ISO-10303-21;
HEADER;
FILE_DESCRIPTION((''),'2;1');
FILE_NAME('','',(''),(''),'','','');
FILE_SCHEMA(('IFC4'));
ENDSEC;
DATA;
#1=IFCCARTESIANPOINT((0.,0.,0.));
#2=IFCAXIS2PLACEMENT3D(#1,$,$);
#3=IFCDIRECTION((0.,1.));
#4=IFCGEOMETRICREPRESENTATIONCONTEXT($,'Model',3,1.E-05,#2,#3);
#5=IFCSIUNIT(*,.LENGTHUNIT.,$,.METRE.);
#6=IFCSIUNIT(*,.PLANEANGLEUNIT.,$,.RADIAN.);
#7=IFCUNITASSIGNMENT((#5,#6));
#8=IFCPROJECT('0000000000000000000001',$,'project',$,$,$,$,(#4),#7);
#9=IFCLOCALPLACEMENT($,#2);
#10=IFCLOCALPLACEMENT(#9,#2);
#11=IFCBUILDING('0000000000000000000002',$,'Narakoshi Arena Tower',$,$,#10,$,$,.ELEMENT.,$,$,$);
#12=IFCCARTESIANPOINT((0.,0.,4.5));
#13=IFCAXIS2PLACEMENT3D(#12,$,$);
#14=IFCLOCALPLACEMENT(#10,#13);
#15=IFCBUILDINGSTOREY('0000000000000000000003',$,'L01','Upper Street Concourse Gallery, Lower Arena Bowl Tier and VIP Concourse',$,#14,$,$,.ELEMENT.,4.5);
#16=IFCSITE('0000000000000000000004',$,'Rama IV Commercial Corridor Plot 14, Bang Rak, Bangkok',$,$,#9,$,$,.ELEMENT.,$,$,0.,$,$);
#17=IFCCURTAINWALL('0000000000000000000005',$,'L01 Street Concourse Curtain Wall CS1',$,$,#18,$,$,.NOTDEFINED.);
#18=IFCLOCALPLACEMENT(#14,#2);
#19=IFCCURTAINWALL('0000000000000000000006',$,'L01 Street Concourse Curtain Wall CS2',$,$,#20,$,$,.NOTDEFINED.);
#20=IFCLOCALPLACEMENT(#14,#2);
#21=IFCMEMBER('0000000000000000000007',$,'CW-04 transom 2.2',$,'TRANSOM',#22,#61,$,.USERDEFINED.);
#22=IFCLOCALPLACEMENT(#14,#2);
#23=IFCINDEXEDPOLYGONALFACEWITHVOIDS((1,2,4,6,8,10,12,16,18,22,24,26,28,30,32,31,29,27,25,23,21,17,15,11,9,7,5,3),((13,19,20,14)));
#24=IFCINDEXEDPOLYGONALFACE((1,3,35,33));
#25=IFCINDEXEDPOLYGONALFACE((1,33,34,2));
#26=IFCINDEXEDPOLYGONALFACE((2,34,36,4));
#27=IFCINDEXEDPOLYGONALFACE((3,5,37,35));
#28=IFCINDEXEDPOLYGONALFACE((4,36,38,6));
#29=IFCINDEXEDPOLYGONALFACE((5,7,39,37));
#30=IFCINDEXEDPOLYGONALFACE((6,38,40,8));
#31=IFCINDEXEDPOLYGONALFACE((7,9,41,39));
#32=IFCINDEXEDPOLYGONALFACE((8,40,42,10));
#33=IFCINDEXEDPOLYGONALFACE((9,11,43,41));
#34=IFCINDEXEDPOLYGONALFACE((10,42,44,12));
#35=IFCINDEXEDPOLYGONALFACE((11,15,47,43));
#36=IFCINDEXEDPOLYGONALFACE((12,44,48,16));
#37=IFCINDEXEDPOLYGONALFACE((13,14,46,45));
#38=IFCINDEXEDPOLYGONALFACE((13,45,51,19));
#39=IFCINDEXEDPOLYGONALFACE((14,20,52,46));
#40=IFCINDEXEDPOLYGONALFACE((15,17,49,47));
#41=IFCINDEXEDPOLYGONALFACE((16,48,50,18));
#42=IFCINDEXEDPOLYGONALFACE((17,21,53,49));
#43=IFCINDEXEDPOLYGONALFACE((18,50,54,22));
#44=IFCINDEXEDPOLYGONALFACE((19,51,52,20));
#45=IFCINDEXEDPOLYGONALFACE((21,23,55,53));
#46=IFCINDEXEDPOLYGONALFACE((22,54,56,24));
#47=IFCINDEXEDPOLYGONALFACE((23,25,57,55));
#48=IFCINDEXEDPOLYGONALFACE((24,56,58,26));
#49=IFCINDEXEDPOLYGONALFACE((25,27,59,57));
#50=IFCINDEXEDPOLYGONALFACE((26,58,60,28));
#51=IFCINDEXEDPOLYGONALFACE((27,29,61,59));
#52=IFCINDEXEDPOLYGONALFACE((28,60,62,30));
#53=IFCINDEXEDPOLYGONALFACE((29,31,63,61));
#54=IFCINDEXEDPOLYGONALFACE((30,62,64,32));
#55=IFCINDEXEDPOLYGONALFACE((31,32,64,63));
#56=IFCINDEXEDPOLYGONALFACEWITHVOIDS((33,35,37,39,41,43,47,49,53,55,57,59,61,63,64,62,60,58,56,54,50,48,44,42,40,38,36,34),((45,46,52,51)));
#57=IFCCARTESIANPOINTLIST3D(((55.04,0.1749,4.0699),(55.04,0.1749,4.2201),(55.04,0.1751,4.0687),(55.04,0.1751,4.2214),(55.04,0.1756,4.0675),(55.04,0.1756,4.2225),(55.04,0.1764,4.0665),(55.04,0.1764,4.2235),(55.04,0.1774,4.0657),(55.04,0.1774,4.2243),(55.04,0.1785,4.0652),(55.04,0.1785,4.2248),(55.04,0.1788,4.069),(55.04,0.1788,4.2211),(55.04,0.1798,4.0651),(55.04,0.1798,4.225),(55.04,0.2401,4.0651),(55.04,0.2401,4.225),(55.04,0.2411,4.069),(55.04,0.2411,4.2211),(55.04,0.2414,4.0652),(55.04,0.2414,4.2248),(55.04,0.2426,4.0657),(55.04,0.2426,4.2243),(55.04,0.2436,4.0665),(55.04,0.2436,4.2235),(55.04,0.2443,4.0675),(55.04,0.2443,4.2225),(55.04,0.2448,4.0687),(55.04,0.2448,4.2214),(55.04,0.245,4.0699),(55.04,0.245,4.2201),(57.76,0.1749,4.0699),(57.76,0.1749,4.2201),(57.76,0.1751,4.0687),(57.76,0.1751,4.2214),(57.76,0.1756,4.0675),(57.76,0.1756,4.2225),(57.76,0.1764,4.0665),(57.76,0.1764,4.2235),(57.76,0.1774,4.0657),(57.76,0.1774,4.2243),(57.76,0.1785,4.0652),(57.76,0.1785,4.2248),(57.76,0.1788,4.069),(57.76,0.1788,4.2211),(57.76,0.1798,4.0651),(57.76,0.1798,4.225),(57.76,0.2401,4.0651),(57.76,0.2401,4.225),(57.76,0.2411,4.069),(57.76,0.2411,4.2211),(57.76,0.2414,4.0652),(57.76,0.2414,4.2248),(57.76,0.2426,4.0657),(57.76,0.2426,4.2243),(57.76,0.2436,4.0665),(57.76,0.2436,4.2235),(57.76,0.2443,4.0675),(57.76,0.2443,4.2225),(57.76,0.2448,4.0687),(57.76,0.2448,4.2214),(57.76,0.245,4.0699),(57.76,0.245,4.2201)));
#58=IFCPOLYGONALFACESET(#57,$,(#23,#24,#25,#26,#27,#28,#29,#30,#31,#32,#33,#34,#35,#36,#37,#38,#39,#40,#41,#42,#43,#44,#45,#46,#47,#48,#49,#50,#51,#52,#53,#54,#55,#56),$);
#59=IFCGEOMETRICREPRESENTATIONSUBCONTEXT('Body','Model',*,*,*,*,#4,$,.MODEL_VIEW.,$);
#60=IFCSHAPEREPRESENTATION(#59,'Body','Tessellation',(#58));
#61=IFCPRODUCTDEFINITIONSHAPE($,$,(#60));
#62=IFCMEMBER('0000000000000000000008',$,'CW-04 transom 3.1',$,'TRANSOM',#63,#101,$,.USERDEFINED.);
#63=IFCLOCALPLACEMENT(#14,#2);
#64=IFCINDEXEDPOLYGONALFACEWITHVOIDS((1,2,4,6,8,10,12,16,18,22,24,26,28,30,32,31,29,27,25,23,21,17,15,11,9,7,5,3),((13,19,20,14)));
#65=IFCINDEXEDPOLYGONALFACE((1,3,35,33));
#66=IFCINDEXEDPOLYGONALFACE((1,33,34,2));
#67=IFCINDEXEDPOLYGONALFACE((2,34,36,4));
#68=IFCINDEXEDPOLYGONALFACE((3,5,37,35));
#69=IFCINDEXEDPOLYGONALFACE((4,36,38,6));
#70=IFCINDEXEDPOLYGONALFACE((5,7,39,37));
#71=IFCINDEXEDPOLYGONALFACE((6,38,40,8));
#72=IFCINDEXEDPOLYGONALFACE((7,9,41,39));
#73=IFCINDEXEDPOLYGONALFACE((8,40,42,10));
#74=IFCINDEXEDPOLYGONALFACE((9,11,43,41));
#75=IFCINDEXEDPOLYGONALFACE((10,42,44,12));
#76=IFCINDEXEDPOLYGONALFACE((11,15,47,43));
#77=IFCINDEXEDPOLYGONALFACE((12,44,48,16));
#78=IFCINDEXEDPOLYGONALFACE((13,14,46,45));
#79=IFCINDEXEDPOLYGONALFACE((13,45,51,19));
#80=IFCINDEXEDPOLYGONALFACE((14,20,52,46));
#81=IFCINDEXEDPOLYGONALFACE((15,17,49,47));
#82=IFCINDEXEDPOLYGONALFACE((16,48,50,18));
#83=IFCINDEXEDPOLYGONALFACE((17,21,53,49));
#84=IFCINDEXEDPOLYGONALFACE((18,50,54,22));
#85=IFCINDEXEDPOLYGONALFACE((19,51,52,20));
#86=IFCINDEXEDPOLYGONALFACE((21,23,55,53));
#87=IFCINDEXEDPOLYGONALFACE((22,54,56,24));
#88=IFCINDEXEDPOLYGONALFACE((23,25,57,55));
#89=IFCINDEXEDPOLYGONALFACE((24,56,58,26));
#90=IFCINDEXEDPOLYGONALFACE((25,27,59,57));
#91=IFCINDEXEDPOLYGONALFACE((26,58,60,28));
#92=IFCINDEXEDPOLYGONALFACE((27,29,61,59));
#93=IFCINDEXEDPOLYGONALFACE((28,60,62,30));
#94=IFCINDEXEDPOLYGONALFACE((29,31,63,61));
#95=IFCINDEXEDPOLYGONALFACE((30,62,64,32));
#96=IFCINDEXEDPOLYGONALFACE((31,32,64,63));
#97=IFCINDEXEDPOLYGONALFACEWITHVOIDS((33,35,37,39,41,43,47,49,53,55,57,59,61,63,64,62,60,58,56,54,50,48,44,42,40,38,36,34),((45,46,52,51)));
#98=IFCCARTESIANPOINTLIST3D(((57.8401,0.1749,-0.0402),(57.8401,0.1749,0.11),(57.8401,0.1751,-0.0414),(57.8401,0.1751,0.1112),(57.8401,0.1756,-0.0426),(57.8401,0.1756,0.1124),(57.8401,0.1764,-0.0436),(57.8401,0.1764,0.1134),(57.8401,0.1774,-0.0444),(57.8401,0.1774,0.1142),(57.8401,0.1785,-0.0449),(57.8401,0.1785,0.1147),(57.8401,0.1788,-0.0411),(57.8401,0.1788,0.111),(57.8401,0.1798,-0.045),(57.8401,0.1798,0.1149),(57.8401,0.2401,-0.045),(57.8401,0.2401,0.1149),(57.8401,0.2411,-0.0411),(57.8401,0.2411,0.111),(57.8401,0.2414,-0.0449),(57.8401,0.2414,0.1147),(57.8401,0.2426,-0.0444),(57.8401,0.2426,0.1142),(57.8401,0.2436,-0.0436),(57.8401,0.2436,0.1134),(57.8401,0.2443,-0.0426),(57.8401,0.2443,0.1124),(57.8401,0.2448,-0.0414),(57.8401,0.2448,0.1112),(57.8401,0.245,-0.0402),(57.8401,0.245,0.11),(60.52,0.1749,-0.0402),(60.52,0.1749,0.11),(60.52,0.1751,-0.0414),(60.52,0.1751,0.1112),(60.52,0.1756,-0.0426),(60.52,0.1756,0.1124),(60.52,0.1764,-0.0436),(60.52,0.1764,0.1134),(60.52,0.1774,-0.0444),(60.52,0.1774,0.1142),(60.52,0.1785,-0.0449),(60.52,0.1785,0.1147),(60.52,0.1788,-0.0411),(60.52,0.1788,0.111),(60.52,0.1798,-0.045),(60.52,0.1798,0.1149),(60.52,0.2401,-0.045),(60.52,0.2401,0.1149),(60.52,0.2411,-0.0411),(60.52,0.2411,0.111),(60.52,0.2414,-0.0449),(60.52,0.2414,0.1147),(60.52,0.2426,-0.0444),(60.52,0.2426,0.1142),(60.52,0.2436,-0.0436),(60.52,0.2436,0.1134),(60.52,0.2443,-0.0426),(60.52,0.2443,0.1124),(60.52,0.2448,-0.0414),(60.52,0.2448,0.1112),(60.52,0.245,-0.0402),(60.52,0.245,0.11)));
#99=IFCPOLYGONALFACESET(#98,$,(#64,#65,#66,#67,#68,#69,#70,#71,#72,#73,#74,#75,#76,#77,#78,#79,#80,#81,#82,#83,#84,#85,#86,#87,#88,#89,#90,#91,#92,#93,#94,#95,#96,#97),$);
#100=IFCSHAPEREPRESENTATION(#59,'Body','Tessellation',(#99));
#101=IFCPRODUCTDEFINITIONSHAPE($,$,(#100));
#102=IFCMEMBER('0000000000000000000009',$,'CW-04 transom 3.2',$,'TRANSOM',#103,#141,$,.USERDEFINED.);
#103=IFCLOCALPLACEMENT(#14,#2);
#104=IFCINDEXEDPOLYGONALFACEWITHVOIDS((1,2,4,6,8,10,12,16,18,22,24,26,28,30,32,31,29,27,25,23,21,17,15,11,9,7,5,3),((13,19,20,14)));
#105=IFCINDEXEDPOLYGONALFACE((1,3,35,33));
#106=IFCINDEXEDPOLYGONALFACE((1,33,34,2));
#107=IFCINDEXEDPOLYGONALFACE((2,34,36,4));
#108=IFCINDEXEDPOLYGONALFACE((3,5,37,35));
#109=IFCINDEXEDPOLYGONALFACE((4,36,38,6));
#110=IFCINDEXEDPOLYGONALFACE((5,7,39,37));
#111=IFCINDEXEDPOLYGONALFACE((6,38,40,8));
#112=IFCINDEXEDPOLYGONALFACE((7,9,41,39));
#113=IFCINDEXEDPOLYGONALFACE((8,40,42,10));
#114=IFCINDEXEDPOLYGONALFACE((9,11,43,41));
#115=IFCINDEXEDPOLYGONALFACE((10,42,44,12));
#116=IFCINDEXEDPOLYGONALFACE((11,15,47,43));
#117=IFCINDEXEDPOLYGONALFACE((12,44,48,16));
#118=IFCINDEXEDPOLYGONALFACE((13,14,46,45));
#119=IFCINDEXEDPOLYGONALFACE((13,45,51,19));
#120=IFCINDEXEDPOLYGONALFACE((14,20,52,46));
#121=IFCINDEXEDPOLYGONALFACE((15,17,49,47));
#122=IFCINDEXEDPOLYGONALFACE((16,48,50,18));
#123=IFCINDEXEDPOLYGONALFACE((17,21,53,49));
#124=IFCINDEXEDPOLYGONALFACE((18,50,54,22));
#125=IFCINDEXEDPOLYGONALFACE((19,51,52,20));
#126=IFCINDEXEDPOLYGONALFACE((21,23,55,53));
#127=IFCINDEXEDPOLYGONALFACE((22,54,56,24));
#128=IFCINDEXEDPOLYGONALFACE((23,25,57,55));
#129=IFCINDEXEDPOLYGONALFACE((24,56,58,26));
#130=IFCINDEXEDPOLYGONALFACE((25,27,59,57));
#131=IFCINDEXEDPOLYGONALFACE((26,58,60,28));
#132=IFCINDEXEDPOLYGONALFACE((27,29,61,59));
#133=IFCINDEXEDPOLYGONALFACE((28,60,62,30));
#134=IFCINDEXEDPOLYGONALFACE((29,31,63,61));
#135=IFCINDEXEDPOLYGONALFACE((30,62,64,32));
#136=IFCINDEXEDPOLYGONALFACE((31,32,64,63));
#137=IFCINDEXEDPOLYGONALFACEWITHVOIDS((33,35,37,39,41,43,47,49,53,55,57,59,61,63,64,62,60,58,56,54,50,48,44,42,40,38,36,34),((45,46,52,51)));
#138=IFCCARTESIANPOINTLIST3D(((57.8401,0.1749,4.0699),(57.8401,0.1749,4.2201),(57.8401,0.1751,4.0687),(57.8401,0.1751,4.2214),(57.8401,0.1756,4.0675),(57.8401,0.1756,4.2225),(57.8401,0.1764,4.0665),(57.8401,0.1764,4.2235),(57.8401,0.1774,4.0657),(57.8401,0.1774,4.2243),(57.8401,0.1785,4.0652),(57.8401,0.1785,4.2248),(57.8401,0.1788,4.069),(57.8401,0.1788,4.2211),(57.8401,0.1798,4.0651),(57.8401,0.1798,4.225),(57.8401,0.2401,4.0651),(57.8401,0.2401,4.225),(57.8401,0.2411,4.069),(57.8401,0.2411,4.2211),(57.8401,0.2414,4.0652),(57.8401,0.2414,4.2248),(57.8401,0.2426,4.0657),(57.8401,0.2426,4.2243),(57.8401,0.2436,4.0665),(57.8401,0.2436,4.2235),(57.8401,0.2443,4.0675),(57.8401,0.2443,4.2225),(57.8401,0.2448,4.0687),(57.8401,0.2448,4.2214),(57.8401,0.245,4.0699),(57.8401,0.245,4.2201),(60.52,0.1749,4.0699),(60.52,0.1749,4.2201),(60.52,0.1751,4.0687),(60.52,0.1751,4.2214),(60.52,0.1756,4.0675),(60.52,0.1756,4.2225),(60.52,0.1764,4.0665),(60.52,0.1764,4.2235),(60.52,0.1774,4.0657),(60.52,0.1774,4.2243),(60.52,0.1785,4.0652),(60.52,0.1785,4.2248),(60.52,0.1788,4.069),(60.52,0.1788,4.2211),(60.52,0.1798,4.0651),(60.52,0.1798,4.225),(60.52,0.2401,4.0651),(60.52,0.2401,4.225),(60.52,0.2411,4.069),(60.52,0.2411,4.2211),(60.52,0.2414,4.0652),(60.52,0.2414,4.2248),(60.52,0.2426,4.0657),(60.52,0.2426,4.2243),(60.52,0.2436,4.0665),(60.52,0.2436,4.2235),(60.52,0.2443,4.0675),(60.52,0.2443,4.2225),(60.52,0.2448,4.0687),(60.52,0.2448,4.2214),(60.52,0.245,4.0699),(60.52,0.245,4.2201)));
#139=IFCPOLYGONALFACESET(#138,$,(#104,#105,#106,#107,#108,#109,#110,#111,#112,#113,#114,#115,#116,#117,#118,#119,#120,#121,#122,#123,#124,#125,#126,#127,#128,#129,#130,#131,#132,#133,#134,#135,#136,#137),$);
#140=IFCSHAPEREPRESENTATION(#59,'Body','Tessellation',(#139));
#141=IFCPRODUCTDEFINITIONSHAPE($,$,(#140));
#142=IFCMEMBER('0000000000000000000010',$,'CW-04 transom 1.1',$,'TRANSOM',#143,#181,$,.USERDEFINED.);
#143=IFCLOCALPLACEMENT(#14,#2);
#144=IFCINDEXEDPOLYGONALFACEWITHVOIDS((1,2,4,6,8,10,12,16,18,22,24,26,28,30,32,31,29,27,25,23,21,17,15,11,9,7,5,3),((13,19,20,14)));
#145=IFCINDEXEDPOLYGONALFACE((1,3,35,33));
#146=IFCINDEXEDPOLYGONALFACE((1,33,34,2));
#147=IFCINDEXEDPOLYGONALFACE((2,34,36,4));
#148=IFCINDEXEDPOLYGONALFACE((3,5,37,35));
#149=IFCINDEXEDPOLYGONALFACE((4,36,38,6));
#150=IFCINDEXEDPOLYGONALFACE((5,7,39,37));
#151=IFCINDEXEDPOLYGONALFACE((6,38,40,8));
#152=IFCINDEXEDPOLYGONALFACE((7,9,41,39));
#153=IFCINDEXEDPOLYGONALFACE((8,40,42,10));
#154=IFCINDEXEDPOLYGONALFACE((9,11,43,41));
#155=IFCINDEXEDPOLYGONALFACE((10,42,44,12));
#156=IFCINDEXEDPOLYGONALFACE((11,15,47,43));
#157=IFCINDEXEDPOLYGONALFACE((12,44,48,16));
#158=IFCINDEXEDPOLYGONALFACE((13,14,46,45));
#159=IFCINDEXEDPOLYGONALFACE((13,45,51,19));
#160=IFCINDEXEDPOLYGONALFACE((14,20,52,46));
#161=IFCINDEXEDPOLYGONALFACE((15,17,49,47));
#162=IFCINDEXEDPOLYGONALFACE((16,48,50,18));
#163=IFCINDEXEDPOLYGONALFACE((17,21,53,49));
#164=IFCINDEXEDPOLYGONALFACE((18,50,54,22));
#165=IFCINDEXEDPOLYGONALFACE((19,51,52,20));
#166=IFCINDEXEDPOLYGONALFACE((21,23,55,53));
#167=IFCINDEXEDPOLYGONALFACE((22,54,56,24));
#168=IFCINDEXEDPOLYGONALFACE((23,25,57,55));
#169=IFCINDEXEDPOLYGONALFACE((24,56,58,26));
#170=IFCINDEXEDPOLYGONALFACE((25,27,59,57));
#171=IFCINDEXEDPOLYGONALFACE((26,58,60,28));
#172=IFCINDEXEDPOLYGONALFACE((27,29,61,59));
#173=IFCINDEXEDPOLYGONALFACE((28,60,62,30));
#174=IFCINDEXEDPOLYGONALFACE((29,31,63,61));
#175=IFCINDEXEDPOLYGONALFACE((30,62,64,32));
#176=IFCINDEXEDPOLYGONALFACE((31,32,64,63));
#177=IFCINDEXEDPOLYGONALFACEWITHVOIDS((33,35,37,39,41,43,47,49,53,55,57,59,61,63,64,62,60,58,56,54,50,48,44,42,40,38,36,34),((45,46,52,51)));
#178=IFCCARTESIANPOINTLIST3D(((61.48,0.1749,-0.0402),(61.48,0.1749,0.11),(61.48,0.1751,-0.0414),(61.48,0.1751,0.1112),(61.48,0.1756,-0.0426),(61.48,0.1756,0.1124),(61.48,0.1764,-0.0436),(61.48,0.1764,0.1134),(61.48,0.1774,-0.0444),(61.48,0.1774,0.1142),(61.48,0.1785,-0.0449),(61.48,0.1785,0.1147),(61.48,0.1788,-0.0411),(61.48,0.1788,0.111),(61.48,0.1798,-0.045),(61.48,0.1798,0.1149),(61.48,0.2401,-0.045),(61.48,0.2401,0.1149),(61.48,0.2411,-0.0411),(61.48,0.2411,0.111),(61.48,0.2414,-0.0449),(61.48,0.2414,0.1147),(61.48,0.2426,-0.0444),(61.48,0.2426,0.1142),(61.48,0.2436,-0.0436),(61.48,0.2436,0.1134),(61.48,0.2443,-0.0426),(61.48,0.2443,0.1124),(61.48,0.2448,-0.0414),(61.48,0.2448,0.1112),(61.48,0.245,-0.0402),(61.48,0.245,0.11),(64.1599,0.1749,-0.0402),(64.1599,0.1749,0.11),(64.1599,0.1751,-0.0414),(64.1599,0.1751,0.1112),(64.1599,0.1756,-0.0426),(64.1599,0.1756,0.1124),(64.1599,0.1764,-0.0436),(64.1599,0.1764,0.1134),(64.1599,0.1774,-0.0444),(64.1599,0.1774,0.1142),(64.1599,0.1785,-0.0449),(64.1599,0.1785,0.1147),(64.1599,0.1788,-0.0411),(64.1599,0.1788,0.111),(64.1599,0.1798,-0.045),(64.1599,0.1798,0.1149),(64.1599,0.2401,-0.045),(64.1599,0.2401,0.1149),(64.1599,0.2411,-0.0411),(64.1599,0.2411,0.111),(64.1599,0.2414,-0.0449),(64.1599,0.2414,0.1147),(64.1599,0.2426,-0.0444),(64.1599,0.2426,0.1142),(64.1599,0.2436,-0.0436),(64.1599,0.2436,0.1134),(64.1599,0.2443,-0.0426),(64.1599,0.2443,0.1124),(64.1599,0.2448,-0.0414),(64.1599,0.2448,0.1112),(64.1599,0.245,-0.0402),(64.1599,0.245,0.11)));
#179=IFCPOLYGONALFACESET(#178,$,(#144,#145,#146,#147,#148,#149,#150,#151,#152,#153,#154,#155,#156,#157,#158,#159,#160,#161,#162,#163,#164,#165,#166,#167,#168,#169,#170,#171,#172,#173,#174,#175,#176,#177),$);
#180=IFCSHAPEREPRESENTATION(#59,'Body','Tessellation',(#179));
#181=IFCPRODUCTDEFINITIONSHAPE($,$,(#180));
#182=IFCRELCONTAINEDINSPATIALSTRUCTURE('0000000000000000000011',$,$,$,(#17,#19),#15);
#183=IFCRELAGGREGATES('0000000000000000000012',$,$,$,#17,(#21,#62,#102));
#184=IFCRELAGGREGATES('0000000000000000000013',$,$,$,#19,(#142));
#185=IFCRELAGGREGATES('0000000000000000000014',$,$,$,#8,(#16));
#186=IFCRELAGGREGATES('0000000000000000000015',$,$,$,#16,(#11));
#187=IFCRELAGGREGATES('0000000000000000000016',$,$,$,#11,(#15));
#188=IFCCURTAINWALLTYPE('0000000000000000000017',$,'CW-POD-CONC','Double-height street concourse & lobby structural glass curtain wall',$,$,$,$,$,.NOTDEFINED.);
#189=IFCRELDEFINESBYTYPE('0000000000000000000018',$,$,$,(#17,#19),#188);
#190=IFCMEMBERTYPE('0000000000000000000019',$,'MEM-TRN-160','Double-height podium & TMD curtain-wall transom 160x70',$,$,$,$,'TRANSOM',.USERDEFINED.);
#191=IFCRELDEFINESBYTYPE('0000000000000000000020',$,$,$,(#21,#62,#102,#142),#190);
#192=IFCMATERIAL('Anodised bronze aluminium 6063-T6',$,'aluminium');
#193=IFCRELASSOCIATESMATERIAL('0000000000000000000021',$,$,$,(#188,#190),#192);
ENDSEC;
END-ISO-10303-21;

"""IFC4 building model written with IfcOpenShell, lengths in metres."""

from ifc_helpers import new_model, si_unit, direction, frame, origin, origin_2d, place, context, subcontext, project, spatial, hollow_rectangle, extrude, material, material_profile, profile_set, type_object, element, aggregate, save


model = new_model("IFC4")

# Units and contexts
model_context = context("Model", 3, precision=1e-05, world=origin(), true_north=direction((0.0, 1.0)))
body_context = subcontext(model_context, "Body", "Model", "MODEL_VIEW")
ifc_project = project(units=[si_unit("LENGTHUNIT", "METRE"), si_unit("PLANEANGLEUNIT", "RADIAN")], contexts=[model_context])

# Site, building, storey
site_placement = place(None, origin())
site = spatial("IfcSite", under=ifc_project, at=site_placement, Name="Rama IV Commercial Corridor Plot 14, Bang Rak, Bangkok", CompositionType="ELEMENT", RefElevation=0.0)
building_placement = place(site_placement, origin())
building = spatial("IfcBuilding", under=site, at=building_placement, Name="Narakoshi Arena Tower", CompositionType="ELEMENT")
storey_placement = place(building_placement, frame((0.0, 0.0, 4.5)))
storey = spatial("IfcBuildingStorey", under=building, at=storey_placement, Name="L01", Description="Upper Street Concourse Gallery, Lower Arena Bowl Tier and VIP Concourse", CompositionType="ELEMENT", Elevation=4.5)

# Curtain wall
ifc_material_1 = material(Name="Anodised bronze aluminium 6063-T6", Category="aluminium")
curtain_wall_type = type_object("IfcCurtainWallType", Name="CW-POD-CONC", Description="Double-height street concourse & lobby structural glass curtain wall", PredefinedType="NOTDEFINED", material=ifc_material_1)
curtain_wall_1_placement = place(storey_placement, origin())
curtain_wall_1 = element("IfcCurtainWall", 1, at=curtain_wall_1_placement, inside=storey, type_object=curtain_wall_type, Name="L01 Street Concourse Curtain Wall CS1", PredefinedType="NOTDEFINED")

# Curtain wall
curtain_wall_2_placement = place(storey_placement, origin())
curtain_wall_2 = element("IfcCurtainWall", 2, at=curtain_wall_2_placement, inside=storey, type_object=curtain_wall_type, Name="L01 Street Concourse Curtain Wall CS2", PredefinedType="NOTDEFINED")

# Members
ifc_material_profile_1 = material_profile(ifc_material_1, hollow_rectangle(XDim=0.0701, YDim=0.1599, WallThickness=0.0039, OuterFilletRadius=0.0049, at=origin_2d()), Name="TRN160x70x4")
ifc_profile_set_1 = profile_set([ifc_material_profile_1], Name="Anodised bronze aluminium 6063-T6")
member_type_1 = type_object("IfcMemberType", Name="MEM-TRN-160", Description="Double-height podium & TMD curtain-wall transom 160x70", ElementType="TRANSOM", PredefinedType="USERDEFINED", material=ifc_profile_set_1)
member_1_placement = place(storey_placement, frame((55.04, 0.21, 4.145), z_axis=(1.0, 0.0, 0.0), x_axis=(0.0, 1.0, 0.0)))
member_1 = element("IfcMember", 3, at=member_1_placement, type_object=member_type_1, Name="CW-04 transom 2.2", ObjectType="TRANSOM", PredefinedType="USERDEFINED", context=body_context, shape_type="SweptSolid", body=[
    extrude(hollow_rectangle(XDim=0.0701, YDim=0.1599, WallThickness=0.0039, OuterFilletRadius=0.0049, at=origin_2d()), origin(), (0.0, 0.0, 1.0), 2.72),
])
member_2_placement = place(storey_placement, frame((57.8401, 0.21, 0.0349), z_axis=(1.0, 0.0, 0.0), x_axis=(0.0, 1.0, 0.0)))
member_2 = element("IfcMember", 4, at=member_2_placement, type_object=member_type_1, Name="CW-04 transom 3.1", ObjectType="TRANSOM", PredefinedType="USERDEFINED", context=body_context, shape_type="SweptSolid", body=[
    extrude(hollow_rectangle(XDim=0.0701, YDim=0.1599, WallThickness=0.0039, OuterFilletRadius=0.0049, at=origin_2d()), origin(), (0.0, 0.0, 1.0), 2.6799),
])
member_3_placement = place(storey_placement, frame((57.8401, 0.21, 4.145), z_axis=(1.0, 0.0, 0.0), x_axis=(0.0, 1.0, 0.0)))
member_3 = element("IfcMember", 5, at=member_3_placement, type_object=member_type_1, Name="CW-04 transom 3.2", ObjectType="TRANSOM", PredefinedType="USERDEFINED", context=body_context, shape_type="SweptSolid", body=[
    extrude(hollow_rectangle(XDim=0.0701, YDim=0.1599, WallThickness=0.0039, OuterFilletRadius=0.0049, at=origin_2d()), origin(), (0.0, 0.0, 1.0), 2.6799),
])
member_4_placement = place(storey_placement, frame((61.48, 0.21, 0.0349), z_axis=(1.0, 0.0, 0.0), x_axis=(0.0, 1.0, 0.0)))
member_4 = element("IfcMember", 6, at=member_4_placement, type_object=member_type_1, Name="CW-04 transom 1.1", ObjectType="TRANSOM", PredefinedType="USERDEFINED", context=body_context, shape_type="SweptSolid", body=[
    extrude(hollow_rectangle(XDim=0.0701, YDim=0.1599, WallThickness=0.0039, OuterFilletRadius=0.0049, at=origin_2d()), origin(), (0.0, 0.0, 1.0), 2.6799),
])

aggregate(curtain_wall_1, [member_1, member_2, member_3])
aggregate(curtain_wall_2, [member_4])

save(model, "model.ifc")
